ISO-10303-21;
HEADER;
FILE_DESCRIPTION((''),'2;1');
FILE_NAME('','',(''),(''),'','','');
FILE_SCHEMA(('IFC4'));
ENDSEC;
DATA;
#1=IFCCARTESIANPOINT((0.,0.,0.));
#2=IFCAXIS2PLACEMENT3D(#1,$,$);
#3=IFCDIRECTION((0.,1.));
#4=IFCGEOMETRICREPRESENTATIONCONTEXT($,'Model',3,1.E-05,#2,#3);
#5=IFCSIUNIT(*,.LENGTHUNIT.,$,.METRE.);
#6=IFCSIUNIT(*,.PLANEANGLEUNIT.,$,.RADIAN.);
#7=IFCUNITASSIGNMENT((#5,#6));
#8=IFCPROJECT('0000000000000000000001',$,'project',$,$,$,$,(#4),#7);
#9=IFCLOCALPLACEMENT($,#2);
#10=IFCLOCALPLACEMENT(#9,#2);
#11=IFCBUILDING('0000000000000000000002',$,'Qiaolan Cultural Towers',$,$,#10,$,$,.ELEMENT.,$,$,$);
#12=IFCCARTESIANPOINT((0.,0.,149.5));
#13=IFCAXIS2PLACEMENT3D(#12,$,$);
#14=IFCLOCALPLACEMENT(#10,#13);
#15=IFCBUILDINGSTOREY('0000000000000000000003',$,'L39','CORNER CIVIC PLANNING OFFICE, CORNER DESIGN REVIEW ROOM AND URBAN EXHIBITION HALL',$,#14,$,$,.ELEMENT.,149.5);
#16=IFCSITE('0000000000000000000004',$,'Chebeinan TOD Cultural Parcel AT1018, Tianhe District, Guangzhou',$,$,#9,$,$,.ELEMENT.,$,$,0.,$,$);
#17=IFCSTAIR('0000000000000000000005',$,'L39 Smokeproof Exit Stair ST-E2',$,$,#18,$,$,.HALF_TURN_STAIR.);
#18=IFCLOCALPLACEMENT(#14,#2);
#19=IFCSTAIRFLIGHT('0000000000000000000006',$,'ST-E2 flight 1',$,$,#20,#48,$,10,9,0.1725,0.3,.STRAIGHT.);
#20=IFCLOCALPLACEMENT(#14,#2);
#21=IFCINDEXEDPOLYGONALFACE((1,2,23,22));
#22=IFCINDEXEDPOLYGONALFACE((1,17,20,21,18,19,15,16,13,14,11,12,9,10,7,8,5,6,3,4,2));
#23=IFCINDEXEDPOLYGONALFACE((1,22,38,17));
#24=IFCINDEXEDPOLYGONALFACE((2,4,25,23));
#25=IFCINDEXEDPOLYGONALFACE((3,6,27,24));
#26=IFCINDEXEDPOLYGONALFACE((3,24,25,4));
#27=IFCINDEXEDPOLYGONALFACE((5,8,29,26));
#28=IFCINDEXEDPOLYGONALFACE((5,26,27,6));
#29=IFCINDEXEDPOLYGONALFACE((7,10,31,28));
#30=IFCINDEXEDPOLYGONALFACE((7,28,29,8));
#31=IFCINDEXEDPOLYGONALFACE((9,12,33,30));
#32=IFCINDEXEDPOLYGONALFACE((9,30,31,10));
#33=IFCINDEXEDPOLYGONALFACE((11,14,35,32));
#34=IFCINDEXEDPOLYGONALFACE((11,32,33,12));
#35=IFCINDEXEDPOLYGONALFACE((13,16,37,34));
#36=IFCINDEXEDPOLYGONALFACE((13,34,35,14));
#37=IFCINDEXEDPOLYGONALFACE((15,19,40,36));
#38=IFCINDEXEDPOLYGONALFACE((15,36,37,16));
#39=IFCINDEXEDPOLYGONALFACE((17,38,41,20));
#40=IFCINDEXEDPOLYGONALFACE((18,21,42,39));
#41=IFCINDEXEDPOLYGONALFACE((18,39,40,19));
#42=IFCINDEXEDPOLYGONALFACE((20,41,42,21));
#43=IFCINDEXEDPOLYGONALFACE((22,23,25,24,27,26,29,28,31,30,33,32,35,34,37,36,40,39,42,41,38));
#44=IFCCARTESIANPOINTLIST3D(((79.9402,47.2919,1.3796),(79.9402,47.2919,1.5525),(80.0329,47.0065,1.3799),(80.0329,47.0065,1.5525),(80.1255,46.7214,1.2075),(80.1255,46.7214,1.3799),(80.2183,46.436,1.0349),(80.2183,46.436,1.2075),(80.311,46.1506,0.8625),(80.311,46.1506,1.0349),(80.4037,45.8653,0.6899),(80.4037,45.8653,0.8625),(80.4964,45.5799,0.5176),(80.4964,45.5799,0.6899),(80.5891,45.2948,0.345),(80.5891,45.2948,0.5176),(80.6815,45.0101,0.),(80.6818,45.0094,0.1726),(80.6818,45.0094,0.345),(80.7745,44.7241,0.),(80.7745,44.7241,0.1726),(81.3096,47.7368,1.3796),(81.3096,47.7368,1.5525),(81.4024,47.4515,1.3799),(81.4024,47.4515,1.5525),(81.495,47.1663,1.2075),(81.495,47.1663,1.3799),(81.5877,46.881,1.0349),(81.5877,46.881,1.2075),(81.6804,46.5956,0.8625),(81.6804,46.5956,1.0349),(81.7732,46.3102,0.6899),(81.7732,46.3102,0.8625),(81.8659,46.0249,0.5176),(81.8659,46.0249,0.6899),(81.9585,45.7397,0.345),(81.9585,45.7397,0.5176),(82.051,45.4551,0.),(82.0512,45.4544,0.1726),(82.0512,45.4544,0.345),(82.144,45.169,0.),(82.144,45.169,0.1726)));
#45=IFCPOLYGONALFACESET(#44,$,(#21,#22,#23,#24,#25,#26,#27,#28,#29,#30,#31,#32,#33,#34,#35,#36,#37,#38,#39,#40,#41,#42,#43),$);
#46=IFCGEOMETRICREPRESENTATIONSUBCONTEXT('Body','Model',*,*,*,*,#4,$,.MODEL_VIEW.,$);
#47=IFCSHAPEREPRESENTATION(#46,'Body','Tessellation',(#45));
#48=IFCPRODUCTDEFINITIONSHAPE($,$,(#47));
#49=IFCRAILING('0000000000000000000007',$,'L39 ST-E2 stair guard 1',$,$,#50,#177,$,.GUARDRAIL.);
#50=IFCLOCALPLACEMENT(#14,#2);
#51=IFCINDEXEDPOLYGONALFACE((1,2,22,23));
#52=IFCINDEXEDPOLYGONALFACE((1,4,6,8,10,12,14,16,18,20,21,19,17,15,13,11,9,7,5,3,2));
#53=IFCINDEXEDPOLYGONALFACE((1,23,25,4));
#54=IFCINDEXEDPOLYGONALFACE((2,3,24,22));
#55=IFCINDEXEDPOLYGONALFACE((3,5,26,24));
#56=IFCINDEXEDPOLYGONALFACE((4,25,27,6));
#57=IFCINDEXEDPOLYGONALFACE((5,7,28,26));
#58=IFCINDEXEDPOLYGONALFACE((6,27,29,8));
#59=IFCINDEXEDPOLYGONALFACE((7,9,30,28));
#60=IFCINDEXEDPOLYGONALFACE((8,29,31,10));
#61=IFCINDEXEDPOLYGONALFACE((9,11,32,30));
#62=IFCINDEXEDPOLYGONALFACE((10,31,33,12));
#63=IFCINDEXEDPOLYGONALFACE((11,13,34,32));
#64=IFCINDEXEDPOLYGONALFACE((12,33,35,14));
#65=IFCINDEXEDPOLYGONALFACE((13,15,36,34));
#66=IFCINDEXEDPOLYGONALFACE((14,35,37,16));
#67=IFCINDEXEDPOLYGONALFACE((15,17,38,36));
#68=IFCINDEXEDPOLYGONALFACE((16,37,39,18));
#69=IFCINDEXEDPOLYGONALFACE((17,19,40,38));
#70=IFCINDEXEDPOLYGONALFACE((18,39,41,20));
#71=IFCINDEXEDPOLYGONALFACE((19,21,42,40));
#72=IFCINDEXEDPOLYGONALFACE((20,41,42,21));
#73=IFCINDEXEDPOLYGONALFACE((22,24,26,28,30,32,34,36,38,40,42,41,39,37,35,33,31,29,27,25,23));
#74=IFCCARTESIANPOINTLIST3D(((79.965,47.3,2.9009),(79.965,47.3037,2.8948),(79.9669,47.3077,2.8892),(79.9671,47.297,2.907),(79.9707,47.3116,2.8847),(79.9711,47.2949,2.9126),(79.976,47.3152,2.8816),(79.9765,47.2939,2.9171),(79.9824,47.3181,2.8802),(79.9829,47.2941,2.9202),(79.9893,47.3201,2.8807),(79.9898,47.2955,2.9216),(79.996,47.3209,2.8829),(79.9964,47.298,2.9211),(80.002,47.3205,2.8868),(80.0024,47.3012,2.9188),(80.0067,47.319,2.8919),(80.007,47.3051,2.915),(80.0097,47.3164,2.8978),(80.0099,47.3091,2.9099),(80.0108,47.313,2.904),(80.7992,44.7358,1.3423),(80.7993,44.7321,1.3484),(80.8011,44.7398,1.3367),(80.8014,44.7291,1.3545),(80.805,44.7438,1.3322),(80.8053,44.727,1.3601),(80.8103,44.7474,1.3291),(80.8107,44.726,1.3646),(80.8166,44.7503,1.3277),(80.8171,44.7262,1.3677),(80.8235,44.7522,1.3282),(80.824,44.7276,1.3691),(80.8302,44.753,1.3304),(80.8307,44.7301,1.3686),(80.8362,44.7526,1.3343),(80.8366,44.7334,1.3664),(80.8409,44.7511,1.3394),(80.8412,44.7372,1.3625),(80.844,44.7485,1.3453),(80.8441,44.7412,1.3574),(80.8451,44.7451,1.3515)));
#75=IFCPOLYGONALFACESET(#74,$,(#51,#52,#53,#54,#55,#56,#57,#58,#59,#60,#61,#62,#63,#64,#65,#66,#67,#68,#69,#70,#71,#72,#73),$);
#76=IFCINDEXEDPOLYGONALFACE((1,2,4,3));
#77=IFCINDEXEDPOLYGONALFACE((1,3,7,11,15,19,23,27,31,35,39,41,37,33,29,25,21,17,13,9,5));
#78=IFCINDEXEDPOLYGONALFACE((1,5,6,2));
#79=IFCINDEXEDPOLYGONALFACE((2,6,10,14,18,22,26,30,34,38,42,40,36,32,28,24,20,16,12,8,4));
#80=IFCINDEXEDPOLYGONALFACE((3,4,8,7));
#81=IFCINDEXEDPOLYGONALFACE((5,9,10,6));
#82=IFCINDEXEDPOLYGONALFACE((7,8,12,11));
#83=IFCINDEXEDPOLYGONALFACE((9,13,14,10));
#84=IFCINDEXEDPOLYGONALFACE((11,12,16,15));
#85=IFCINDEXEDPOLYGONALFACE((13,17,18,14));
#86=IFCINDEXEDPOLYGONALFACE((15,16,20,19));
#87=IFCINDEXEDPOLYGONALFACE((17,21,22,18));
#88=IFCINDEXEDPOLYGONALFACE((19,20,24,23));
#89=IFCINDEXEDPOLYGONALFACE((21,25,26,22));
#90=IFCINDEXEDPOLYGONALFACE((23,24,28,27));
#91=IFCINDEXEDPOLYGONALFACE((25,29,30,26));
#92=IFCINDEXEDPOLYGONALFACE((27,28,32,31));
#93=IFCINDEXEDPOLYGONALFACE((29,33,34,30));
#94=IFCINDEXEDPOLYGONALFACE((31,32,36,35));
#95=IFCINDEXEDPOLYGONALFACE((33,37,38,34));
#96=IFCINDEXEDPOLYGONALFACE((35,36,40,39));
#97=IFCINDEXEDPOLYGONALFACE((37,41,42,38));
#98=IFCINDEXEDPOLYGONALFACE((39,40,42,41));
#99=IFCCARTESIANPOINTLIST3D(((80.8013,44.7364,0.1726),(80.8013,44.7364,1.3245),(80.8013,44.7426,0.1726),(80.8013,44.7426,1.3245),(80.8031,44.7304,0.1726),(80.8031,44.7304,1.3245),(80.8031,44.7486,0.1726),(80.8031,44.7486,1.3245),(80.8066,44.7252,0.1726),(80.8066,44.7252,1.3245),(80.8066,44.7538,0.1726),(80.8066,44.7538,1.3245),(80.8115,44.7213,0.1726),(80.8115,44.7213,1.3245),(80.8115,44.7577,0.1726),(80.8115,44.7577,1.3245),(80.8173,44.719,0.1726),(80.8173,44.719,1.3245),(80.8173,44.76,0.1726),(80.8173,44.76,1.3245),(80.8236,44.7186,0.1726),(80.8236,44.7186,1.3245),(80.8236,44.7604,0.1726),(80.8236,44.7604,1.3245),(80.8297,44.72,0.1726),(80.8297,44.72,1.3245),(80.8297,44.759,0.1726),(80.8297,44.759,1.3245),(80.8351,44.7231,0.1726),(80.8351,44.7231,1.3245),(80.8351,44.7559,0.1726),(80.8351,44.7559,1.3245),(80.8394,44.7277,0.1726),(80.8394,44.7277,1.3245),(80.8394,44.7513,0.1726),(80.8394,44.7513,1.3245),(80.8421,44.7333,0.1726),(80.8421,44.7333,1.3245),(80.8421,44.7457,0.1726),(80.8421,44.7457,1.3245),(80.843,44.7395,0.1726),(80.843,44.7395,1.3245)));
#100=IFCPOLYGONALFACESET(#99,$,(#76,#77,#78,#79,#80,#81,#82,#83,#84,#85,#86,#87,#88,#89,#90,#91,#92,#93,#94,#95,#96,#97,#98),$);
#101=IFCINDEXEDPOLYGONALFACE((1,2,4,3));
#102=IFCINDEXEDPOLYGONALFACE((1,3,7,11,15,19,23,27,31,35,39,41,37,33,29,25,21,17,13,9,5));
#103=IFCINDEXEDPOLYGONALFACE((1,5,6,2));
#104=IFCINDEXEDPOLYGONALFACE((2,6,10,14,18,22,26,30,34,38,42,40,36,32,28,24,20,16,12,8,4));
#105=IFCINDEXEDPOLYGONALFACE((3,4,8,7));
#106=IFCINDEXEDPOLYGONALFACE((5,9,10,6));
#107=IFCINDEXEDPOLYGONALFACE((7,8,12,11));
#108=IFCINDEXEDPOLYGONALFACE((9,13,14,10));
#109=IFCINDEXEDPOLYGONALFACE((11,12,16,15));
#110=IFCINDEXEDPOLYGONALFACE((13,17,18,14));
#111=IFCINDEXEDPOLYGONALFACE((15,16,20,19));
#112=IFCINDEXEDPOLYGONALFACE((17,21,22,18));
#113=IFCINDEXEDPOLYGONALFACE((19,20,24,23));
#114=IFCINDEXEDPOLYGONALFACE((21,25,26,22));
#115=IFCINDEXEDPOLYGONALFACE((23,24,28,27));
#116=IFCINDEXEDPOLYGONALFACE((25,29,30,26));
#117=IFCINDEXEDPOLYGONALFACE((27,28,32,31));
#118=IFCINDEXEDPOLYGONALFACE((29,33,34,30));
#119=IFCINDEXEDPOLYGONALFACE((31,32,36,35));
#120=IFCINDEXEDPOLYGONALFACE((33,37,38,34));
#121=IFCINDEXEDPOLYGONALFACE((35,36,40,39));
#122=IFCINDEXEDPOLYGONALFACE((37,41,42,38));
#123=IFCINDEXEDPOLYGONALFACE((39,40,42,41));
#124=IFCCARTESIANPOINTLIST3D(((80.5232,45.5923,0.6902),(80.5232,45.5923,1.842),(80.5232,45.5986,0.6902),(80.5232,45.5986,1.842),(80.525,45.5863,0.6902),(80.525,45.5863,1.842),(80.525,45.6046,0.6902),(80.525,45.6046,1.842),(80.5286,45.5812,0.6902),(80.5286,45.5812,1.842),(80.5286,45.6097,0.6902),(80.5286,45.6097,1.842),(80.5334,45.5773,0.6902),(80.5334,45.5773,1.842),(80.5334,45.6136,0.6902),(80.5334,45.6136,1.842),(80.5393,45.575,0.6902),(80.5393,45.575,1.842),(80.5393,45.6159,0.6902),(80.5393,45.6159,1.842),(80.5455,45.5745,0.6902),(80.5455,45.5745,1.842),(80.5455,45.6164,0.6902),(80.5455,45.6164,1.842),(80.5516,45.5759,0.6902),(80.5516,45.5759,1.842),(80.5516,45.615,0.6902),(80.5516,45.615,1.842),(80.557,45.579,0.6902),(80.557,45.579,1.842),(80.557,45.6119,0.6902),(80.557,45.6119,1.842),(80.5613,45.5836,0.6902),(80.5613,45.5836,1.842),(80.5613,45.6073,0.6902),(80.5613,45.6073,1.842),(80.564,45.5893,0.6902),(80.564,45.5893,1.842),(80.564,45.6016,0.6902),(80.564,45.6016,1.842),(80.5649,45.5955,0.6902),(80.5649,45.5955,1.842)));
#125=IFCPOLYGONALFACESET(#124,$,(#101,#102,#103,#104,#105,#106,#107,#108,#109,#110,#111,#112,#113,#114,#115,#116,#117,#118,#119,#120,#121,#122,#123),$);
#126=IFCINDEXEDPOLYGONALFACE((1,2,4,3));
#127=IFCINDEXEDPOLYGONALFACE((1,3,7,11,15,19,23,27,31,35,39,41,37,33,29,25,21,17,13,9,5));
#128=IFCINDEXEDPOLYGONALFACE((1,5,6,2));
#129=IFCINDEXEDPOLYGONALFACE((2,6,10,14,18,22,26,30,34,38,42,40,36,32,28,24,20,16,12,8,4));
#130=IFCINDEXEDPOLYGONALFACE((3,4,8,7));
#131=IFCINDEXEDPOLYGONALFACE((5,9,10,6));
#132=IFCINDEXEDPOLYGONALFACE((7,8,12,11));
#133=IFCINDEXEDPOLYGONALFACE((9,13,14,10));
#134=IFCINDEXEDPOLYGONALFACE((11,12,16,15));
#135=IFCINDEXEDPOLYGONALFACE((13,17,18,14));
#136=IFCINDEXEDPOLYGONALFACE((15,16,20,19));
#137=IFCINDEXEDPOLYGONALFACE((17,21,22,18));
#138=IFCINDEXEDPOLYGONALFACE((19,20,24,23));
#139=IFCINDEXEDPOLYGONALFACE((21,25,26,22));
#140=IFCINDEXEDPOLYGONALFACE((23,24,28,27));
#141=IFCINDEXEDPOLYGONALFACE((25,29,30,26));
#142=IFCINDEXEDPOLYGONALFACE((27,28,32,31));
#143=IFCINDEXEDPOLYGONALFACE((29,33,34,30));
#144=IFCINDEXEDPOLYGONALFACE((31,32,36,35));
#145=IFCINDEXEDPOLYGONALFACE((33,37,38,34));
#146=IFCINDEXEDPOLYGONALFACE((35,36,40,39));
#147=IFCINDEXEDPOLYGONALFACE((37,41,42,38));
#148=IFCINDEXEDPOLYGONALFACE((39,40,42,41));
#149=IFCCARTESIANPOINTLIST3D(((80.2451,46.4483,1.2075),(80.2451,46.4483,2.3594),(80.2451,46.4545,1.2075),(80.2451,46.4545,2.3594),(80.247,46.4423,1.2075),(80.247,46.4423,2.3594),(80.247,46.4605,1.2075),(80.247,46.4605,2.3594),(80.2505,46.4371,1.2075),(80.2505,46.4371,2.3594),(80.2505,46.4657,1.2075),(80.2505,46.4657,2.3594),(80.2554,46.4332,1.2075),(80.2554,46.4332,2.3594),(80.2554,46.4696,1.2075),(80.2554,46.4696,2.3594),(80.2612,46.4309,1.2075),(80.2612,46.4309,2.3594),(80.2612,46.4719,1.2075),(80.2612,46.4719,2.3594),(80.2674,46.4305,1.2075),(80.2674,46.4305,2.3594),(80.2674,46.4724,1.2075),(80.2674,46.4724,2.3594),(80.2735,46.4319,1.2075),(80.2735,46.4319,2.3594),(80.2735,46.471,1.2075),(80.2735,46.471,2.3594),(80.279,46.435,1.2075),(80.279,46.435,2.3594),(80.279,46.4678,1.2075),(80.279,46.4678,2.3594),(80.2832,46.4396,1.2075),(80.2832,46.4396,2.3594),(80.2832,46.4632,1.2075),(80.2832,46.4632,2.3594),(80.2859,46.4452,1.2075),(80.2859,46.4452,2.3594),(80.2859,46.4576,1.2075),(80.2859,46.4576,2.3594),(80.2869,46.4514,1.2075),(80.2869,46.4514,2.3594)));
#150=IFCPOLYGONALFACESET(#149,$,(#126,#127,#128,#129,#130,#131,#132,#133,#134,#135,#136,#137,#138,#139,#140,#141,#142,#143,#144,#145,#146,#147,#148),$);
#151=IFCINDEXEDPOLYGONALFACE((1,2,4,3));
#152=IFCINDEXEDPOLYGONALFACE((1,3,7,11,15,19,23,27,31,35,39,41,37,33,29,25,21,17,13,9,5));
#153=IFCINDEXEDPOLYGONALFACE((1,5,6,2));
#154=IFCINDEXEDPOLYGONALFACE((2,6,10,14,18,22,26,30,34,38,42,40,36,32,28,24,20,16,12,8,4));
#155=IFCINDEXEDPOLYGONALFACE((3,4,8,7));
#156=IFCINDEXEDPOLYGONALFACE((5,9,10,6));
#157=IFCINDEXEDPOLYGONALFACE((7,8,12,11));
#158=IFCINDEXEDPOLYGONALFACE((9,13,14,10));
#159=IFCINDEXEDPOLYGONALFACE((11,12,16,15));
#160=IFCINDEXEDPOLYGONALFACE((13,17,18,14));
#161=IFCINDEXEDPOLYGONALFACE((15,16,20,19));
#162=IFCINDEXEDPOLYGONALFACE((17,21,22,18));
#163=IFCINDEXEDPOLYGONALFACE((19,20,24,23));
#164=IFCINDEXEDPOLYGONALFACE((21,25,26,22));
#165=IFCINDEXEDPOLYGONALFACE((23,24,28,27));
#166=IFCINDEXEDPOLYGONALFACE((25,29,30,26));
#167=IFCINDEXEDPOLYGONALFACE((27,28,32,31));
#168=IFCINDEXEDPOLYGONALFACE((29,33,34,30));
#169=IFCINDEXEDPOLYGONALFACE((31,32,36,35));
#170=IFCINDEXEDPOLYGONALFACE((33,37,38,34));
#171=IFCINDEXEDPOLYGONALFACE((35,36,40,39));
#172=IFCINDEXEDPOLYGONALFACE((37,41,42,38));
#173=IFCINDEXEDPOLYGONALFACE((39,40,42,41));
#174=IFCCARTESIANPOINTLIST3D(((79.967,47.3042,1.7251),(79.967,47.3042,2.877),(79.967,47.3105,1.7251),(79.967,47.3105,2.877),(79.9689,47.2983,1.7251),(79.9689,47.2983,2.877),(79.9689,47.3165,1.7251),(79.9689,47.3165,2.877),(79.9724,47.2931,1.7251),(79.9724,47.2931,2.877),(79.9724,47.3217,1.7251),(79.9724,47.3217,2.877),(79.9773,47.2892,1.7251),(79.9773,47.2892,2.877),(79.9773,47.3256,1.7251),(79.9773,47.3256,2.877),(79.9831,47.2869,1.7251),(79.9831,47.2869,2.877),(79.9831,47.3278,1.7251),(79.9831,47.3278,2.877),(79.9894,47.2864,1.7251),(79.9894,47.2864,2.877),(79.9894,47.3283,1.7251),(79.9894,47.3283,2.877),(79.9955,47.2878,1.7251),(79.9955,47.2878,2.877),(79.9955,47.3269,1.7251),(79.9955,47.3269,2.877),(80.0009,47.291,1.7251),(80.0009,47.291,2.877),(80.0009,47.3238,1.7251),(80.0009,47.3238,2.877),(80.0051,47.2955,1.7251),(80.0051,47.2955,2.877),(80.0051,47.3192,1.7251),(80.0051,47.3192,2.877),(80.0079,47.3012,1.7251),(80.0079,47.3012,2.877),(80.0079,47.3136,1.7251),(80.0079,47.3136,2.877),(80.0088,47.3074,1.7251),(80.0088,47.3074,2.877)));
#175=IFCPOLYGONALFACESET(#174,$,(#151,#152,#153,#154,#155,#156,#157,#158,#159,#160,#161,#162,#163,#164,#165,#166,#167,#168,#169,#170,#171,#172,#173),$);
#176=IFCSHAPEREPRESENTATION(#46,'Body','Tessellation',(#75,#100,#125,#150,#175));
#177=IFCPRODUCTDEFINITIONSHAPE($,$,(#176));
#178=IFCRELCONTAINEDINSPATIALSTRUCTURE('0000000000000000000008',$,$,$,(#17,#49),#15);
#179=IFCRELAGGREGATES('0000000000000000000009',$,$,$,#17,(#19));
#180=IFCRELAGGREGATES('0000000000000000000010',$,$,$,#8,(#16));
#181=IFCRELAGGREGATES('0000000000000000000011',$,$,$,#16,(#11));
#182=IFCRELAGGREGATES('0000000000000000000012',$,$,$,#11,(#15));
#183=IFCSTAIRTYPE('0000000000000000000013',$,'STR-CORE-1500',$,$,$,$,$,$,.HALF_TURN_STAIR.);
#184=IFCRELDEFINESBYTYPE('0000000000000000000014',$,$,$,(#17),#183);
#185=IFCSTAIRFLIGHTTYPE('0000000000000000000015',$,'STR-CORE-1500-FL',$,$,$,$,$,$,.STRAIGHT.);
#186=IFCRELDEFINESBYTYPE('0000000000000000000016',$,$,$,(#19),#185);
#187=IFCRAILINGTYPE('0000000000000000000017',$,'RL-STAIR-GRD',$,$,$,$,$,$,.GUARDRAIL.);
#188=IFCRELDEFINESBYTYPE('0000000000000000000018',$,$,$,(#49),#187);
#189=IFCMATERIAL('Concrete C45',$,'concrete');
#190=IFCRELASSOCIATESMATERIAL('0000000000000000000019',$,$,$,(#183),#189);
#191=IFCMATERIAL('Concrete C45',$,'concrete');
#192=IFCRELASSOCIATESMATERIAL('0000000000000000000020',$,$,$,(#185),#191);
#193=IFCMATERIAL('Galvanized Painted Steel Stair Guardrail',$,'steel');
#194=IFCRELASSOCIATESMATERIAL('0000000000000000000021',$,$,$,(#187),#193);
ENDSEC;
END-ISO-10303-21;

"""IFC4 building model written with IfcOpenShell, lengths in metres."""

from ifc_helpers import new_model, si_unit, direction, frame, origin, origin_2d, place, context, subcontext, project, spatial, polyline, circle, outline, extrude, material, type_object, element, aggregate, save


model = new_model("IFC4")

# Units and contexts
model_context = context("Model", 3, precision=1e-05, world=origin(), true_north=direction((0.0, 1.0)))
body_context = subcontext(model_context, "Body", "Model", "MODEL_VIEW")
ifc_project = project(units=[si_unit("LENGTHUNIT", "METRE"), si_unit("PLANEANGLEUNIT", "RADIAN")], contexts=[model_context])

# Site, building, storey
site_placement = place(None, origin())
site = spatial("IfcSite", under=ifc_project, at=site_placement, Name="Chebeinan TOD Cultural Parcel AT1018, Tianhe District, Guangzhou", CompositionType="ELEMENT", RefElevation=0.0)
building_placement = place(site_placement, origin())
building = spatial("IfcBuilding", under=site, at=building_placement, Name="Qiaolan Cultural Towers", CompositionType="ELEMENT")
storey_placement = place(building_placement, frame((0.0, 0.0, 149.5)))
storey = spatial("IfcBuildingStorey", under=building, at=storey_placement, Name="L39", Description="CORNER CIVIC PLANNING OFFICE, CORNER DESIGN REVIEW ROOM AND URBAN EXHIBITION HALL", CompositionType="ELEMENT", Elevation=149.5)

# Stair, stair flight
ifc_material_1 = material(Name="Concrete C45", Category="concrete")
stair_type = type_object("IfcStairType", Name="STR-CORE-1500", PredefinedType="HALF_TURN_STAIR", material=ifc_material_1)
stair_placement = place(storey_placement, origin())
stair = element("IfcStair", 1, at=stair_placement, inside=storey, type_object=stair_type, Name="L39 Smokeproof Exit Stair ST-E2", PredefinedType="HALF_TURN_STAIR")
ifc_material_2 = material(Name="Concrete C45", Category="concrete")
stair_flight_type = type_object("IfcStairFlightType", Name="STR-CORE-1500-FL", PredefinedType="STRAIGHT", material=ifc_material_2)
stair_flight_placement = place(storey_placement, frame((81.4592, 44.9465, 0.0), z_axis=(0.0, 0.0, 1.0), x_axis=(-0.309017, 0.951057, 0.0)))
stair_flight = element("IfcStairFlight", 2, at=stair_flight_placement, type_object=stair_flight_type, Name="ST-E2 flight 1", NumberOfRisers=10, NumberOfTreads=9, PredefinedType="STRAIGHT", RiserHeight=0.1725, TreadLength=0.3, context=body_context, shape_type="SweptSolid", body=[
    extrude(outline(polyline([(0.0, 0.0), (0.0, 0.1726), (0.3, 0.1726), (0.3, 0.345), (0.6001, 0.345), (0.6001, 0.5176), (0.8999, 0.5176), (0.8999, 0.6899), (1.2, 0.6899), (1.2, 0.8625), (1.5, 0.8625), (1.5, 1.0349), (1.8, 1.0349), (1.8, 1.2075), (2.1001, 1.2075), (2.1001, 1.3799), (2.3999, 1.3799), (2.3999, 1.5525), (2.7, 1.5525), (2.7, 1.7251), (2.7, 1.3796), (0.3008, 0.0), (0.0, 0.0)])), frame((0.0, 0.72, 0.0), z_axis=(0.0, -1.0, 0.0), x_axis=(1.0, 0.0, 0.0)), (0.0, 0.0, 1.0), 1.4399),
])
aggregate(stair, [stair_flight])

# Railing
ifc_material_3 = material(Name="Galvanized Painted Steel Stair Guardrail", Category="steel")
railing_type_1 = type_object("IfcRailingType", Name="RL-STAIR-GRD", PredefinedType="GUARDRAIL", material=ifc_material_3)
railing_1_placement = place(storey_placement, frame((80.822, 44.7395, 0.1726)))
element("IfcRailing", 3, at=railing_1_placement, inside=storey, type_object=railing_type_1, Name="L39 ST-E2 stair guard 1", PredefinedType="GUARDRAIL", context=body_context, shape_type="SweptSolid", body=[
    extrude(circle(Radius=0.0239, at=origin_2d()), frame((0.0, 0.0, 1.1758), z_axis=(-0.267853, 0.824488, 0.498471), x_axis=(-0.95107, -0.308976, 0.0)), (0.0, 0.0, 1.0), 3.1145),
    extrude(circle(Radius=0.021, at=origin_2d()), origin(), (0.0, 0.0, 1.0), 1.1519),
    extrude(circle(Radius=0.021, at=origin_2d()), frame((-0.2781, 0.856, 0.5176)), (0.0, 0.0, 1.0), 1.1519),
    extrude(circle(Radius=0.021, at=origin_2d()), frame((-0.5562, 1.7119, 1.0349)), (0.0, 0.0, 1.0), 1.1519),
    extrude(circle(Radius=0.021, at=origin_2d()), frame((-0.8342, 2.5679, 1.5525)), (0.0, 0.0, 1.0), 1.1519),
])

save(model, "model.ifc")
